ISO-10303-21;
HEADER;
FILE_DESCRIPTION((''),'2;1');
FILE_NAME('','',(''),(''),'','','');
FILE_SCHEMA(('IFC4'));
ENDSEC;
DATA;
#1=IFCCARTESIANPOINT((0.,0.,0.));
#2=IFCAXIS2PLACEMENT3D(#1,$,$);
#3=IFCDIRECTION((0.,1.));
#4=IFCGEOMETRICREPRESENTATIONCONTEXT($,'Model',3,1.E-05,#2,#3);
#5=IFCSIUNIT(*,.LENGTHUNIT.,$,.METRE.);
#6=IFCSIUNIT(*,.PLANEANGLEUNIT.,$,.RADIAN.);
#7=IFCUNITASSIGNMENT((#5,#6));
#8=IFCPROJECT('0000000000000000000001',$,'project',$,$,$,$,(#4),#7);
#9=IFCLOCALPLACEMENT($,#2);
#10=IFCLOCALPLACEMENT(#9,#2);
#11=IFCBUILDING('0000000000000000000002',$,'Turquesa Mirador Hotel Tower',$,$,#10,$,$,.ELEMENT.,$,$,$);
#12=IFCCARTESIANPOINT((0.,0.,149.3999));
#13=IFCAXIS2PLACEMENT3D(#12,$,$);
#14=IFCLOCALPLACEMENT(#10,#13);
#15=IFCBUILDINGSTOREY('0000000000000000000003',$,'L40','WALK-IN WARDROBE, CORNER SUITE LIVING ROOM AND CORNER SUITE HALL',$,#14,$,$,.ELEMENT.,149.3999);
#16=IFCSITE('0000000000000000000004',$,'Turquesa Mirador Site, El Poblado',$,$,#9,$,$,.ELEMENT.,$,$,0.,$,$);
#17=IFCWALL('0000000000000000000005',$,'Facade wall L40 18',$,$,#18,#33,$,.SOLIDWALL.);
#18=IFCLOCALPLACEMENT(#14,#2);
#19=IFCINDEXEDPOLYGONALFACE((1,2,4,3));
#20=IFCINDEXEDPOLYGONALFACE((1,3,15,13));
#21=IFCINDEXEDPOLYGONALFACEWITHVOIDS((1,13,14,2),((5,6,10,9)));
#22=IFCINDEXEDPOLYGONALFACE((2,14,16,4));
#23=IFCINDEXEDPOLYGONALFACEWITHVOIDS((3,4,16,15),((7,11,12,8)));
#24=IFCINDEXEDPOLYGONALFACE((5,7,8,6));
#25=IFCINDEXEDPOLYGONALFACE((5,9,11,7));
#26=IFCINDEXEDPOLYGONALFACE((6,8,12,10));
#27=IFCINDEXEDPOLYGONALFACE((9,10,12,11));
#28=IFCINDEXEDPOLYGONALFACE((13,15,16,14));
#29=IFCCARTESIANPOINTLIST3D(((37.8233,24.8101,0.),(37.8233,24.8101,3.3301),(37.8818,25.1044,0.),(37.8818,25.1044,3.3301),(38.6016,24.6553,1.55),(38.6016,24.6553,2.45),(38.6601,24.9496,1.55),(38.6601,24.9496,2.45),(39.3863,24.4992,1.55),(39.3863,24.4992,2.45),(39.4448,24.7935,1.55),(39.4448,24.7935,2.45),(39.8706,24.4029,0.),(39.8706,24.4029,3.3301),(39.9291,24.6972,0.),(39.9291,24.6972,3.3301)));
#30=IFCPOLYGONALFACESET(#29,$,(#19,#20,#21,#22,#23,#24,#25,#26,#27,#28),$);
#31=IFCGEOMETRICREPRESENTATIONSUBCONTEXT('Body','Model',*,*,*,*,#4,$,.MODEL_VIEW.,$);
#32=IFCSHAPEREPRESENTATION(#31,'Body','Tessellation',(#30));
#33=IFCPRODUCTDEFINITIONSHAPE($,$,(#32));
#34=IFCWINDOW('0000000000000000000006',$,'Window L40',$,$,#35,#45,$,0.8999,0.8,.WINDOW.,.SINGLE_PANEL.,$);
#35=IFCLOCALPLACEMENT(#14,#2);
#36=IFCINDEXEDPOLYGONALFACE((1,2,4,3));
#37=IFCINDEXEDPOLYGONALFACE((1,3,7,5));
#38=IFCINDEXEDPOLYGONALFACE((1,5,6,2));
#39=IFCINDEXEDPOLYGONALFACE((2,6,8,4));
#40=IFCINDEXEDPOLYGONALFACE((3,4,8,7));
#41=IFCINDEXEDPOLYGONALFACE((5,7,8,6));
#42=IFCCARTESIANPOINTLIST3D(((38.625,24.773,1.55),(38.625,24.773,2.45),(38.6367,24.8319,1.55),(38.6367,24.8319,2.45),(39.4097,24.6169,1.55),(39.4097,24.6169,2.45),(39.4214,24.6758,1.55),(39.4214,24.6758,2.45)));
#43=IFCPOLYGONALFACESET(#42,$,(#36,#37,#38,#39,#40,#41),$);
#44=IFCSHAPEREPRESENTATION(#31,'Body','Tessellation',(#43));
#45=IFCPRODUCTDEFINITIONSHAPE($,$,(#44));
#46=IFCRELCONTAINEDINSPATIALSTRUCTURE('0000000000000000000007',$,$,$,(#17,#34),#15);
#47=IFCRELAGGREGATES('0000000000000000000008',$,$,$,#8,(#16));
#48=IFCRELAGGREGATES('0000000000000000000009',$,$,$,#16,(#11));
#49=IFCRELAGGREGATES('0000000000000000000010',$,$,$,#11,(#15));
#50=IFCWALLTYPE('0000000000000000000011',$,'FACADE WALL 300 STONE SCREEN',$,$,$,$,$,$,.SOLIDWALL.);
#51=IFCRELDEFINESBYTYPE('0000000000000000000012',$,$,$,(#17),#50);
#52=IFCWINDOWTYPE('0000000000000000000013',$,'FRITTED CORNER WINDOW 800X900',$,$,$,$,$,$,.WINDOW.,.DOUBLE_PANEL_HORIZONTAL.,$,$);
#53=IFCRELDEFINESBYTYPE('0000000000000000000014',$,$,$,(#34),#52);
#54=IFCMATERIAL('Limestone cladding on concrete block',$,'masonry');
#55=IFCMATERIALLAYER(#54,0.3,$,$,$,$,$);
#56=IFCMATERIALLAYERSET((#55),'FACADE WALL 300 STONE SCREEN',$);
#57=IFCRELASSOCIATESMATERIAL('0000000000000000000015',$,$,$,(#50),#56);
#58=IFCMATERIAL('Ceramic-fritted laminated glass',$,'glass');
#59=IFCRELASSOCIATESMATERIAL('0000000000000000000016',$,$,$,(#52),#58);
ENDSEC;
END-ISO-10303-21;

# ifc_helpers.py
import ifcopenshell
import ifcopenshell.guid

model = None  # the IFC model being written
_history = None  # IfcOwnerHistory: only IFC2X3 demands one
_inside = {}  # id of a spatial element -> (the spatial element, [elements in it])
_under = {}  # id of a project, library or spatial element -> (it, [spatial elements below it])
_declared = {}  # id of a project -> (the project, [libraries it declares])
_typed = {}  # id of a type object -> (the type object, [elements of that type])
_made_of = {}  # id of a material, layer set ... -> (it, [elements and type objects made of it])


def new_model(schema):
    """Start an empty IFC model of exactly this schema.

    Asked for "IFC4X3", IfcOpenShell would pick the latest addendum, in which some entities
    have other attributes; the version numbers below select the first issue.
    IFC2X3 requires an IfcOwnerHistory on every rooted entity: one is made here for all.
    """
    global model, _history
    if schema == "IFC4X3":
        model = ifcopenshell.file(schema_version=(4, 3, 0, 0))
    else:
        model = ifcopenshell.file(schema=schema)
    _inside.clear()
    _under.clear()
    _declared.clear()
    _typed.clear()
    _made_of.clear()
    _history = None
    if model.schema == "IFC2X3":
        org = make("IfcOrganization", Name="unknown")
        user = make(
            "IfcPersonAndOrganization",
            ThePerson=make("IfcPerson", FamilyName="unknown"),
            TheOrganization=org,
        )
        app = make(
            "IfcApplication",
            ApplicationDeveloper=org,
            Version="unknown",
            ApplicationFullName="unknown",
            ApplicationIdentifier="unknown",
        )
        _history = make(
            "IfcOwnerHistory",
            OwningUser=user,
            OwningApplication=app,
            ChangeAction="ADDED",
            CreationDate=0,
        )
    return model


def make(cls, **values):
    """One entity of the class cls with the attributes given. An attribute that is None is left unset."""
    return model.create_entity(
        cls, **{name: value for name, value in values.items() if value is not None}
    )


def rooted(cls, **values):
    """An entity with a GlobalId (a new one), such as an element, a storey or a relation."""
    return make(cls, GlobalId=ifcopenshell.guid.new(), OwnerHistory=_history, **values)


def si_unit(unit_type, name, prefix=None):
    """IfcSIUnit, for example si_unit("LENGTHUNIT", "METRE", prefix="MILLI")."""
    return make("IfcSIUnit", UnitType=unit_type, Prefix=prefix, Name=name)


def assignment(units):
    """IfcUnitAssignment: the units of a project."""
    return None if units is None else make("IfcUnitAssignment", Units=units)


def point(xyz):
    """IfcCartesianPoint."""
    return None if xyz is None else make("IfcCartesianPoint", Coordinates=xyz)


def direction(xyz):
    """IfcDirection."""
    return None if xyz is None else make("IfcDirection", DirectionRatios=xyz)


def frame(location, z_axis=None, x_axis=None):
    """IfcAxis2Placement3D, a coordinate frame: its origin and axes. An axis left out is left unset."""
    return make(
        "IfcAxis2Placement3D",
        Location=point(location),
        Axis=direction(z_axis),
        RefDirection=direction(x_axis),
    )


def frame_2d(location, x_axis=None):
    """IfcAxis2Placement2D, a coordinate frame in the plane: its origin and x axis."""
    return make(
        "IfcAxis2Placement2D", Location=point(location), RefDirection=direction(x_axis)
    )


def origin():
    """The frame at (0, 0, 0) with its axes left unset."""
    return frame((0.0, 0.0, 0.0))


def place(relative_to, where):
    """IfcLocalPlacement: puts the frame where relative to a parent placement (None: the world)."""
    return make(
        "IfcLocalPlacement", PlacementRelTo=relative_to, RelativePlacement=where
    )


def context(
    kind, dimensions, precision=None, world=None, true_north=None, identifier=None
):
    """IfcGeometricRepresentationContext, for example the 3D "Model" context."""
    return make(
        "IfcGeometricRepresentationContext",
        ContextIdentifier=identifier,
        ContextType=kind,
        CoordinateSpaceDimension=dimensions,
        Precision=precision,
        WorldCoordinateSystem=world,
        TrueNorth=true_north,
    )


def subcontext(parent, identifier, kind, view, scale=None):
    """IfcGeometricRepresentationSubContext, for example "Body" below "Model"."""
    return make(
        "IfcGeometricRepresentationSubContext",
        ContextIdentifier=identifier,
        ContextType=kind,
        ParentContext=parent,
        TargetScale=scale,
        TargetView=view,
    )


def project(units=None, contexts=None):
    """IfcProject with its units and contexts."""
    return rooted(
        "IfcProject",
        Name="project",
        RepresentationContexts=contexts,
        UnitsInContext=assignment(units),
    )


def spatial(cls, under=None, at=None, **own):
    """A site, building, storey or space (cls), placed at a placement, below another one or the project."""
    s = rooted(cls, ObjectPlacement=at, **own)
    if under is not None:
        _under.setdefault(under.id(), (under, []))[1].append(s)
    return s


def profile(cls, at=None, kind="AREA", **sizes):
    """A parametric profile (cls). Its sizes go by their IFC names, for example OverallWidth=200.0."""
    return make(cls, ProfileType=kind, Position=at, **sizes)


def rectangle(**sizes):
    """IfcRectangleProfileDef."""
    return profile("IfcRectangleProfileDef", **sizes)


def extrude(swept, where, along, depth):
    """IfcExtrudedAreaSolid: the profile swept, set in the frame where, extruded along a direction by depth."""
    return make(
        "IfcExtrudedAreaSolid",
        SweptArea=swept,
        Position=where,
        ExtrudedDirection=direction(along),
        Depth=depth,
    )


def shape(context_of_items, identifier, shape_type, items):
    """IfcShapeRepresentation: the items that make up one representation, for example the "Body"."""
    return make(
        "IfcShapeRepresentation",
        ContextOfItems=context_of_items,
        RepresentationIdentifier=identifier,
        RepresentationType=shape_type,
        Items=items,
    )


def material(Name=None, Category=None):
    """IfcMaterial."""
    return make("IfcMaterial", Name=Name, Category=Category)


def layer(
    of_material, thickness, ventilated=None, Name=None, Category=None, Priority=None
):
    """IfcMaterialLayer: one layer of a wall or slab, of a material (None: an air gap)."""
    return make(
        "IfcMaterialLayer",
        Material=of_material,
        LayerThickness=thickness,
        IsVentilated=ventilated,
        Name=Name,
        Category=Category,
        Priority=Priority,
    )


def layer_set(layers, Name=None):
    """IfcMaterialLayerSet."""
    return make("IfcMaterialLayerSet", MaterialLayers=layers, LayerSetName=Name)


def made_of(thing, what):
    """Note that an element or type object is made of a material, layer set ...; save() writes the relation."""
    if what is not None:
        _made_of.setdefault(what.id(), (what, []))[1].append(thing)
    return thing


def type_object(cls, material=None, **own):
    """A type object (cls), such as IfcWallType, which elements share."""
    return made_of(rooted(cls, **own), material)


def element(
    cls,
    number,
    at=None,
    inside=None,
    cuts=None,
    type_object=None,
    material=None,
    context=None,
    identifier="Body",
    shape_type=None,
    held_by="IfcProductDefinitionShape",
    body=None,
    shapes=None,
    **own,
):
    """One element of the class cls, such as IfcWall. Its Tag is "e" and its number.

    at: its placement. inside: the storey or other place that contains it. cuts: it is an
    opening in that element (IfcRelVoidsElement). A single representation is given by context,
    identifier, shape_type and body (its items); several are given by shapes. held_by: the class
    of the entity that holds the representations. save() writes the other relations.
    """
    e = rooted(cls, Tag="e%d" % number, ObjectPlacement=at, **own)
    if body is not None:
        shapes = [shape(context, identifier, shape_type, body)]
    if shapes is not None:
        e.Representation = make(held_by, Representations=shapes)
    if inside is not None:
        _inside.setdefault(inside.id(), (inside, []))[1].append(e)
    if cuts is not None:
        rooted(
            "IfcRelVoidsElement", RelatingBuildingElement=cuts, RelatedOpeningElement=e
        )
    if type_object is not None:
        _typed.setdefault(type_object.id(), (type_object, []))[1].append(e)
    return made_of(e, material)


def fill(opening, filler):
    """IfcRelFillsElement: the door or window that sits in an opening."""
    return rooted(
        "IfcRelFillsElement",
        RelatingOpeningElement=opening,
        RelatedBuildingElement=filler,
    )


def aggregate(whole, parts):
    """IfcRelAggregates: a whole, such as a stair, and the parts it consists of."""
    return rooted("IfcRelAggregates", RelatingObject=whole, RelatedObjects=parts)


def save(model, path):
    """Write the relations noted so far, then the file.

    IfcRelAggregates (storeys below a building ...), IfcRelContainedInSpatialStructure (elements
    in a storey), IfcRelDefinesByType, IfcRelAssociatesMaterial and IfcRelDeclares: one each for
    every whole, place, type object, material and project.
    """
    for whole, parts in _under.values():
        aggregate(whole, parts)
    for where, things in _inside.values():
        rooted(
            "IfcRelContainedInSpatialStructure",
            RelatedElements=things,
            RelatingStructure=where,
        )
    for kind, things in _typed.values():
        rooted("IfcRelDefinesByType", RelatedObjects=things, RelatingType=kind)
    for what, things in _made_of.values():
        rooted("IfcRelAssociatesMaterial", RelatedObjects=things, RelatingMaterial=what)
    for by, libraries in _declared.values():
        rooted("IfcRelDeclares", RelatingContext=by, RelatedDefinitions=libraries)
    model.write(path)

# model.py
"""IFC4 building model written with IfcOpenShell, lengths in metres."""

from ifc_helpers import new_model, si_unit, direction, frame, frame_2d, origin, place, context, subcontext, project, spatial, rectangle, extrude, material, layer, layer_set, type_object, element, fill, save


model = new_model("IFC4")

# Units and contexts
model_context = context("Model", 3, precision=1e-05, world=origin(), true_north=direction((0.0, 1.0)))
body_context = subcontext(model_context, "Body", "Model", "MODEL_VIEW")
ifc_project = project(units=[si_unit("LENGTHUNIT", "METRE"), si_unit("PLANEANGLEUNIT", "RADIAN")], contexts=[model_context])

# Site, building, storey
site_placement = place(None, origin())
site = spatial("IfcSite", under=ifc_project, at=site_placement, Name="Turquesa Mirador Site, El Poblado", CompositionType="ELEMENT", RefElevation=0.0)
building_placement = place(site_placement, origin())
building = spatial("IfcBuilding", under=site, at=building_placement, Name="Turquesa Mirador Hotel Tower", CompositionType="ELEMENT")
storey_placement = place(building_placement, frame((0.0, 0.0, 149.3999)))
storey = spatial("IfcBuildingStorey", under=building, at=storey_placement, Name="L40", Description="WALK-IN WARDROBE, CORNER SUITE LIVING ROOM AND CORNER SUITE HALL", CompositionType="ELEMENT", Elevation=149.3999)

# Wall, opening, window
ifc_material_1 = material(Name="Limestone cladding on concrete block", Category="masonry")
ifc_layer_1 = layer(ifc_material_1, 0.3)
ifc_layer_set_1 = layer_set([ifc_layer_1], Name="FACADE WALL 300 STONE SCREEN")
wall_type = type_object("IfcWallType", Name="FACADE WALL 300 STONE SCREEN", PredefinedType="SOLIDWALL", material=ifc_layer_set_1)
ifc_material_2 = material(Name="Ceramic-fritted laminated glass", Category="glass")
window_type_1 = type_object("IfcWindowType", Name="FRITTED CORNER WINDOW 800X900", PartitioningType="DOUBLE_PANEL_HORIZONTAL", PredefinedType="WINDOW", material=ifc_material_2)
wall_1_placement = place(storey_placement, frame((37.8525, 24.9573, 0.0), z_axis=(0.0, 0.0, 1.0), x_axis=(0.980787, -0.195081, 0.0)))
wall_1 = element("IfcWall", 1, at=wall_1_placement, inside=storey, type_object=wall_type, Name="Facade wall L40 18", PredefinedType="SOLIDWALL", context=body_context, shape_type="SweptSolid", body=[
    extrude(rectangle(XDim=2.0874, YDim=0.3, at=frame_2d((1.0437, 0.0))), origin(), (0.0, 0.0, 1.0), 3.3301),
])
opening_1_placement = place(wall_1_placement, frame((0.7937, 0.0, 1.55)))
opening_1 = element("IfcOpeningElement", 2, at=opening_1_placement, cuts=wall_1, PredefinedType="OPENING", context=body_context, shape_type="SweptSolid", body=[
    extrude(rectangle(XDim=0.8, YDim=0.8999, at=frame_2d((0.3999, 0.45))), frame((0.0, 0.1599, 0.0), z_axis=(0.0, -1.0, 0.0), x_axis=(1.0, 0.0, 0.0)), (0.0, 0.0, 1.0), 0.3201),
])
window_1_placement = place(opening_1_placement, origin())
window_1 = element("IfcWindow", 3, at=window_1_placement, inside=storey, type_object=window_type_1, Name="Window L40", OverallHeight=0.8999, OverallWidth=0.8, PartitioningType="SINGLE_PANEL", PredefinedType="WINDOW", context=body_context, shape_type="SweptSolid", body=[
    extrude(rectangle(XDim=0.8, YDim=0.8999, at=frame_2d((0.3999, 0.45))), frame((0.0, 0.03, 0.0), z_axis=(0.0, -1.0, 0.0), x_axis=(1.0, 0.0, 0.0)), (0.0, 0.0, 1.0), 0.0601),
])
fill(opening_1, window_1)

save(model, "model.ifc")
